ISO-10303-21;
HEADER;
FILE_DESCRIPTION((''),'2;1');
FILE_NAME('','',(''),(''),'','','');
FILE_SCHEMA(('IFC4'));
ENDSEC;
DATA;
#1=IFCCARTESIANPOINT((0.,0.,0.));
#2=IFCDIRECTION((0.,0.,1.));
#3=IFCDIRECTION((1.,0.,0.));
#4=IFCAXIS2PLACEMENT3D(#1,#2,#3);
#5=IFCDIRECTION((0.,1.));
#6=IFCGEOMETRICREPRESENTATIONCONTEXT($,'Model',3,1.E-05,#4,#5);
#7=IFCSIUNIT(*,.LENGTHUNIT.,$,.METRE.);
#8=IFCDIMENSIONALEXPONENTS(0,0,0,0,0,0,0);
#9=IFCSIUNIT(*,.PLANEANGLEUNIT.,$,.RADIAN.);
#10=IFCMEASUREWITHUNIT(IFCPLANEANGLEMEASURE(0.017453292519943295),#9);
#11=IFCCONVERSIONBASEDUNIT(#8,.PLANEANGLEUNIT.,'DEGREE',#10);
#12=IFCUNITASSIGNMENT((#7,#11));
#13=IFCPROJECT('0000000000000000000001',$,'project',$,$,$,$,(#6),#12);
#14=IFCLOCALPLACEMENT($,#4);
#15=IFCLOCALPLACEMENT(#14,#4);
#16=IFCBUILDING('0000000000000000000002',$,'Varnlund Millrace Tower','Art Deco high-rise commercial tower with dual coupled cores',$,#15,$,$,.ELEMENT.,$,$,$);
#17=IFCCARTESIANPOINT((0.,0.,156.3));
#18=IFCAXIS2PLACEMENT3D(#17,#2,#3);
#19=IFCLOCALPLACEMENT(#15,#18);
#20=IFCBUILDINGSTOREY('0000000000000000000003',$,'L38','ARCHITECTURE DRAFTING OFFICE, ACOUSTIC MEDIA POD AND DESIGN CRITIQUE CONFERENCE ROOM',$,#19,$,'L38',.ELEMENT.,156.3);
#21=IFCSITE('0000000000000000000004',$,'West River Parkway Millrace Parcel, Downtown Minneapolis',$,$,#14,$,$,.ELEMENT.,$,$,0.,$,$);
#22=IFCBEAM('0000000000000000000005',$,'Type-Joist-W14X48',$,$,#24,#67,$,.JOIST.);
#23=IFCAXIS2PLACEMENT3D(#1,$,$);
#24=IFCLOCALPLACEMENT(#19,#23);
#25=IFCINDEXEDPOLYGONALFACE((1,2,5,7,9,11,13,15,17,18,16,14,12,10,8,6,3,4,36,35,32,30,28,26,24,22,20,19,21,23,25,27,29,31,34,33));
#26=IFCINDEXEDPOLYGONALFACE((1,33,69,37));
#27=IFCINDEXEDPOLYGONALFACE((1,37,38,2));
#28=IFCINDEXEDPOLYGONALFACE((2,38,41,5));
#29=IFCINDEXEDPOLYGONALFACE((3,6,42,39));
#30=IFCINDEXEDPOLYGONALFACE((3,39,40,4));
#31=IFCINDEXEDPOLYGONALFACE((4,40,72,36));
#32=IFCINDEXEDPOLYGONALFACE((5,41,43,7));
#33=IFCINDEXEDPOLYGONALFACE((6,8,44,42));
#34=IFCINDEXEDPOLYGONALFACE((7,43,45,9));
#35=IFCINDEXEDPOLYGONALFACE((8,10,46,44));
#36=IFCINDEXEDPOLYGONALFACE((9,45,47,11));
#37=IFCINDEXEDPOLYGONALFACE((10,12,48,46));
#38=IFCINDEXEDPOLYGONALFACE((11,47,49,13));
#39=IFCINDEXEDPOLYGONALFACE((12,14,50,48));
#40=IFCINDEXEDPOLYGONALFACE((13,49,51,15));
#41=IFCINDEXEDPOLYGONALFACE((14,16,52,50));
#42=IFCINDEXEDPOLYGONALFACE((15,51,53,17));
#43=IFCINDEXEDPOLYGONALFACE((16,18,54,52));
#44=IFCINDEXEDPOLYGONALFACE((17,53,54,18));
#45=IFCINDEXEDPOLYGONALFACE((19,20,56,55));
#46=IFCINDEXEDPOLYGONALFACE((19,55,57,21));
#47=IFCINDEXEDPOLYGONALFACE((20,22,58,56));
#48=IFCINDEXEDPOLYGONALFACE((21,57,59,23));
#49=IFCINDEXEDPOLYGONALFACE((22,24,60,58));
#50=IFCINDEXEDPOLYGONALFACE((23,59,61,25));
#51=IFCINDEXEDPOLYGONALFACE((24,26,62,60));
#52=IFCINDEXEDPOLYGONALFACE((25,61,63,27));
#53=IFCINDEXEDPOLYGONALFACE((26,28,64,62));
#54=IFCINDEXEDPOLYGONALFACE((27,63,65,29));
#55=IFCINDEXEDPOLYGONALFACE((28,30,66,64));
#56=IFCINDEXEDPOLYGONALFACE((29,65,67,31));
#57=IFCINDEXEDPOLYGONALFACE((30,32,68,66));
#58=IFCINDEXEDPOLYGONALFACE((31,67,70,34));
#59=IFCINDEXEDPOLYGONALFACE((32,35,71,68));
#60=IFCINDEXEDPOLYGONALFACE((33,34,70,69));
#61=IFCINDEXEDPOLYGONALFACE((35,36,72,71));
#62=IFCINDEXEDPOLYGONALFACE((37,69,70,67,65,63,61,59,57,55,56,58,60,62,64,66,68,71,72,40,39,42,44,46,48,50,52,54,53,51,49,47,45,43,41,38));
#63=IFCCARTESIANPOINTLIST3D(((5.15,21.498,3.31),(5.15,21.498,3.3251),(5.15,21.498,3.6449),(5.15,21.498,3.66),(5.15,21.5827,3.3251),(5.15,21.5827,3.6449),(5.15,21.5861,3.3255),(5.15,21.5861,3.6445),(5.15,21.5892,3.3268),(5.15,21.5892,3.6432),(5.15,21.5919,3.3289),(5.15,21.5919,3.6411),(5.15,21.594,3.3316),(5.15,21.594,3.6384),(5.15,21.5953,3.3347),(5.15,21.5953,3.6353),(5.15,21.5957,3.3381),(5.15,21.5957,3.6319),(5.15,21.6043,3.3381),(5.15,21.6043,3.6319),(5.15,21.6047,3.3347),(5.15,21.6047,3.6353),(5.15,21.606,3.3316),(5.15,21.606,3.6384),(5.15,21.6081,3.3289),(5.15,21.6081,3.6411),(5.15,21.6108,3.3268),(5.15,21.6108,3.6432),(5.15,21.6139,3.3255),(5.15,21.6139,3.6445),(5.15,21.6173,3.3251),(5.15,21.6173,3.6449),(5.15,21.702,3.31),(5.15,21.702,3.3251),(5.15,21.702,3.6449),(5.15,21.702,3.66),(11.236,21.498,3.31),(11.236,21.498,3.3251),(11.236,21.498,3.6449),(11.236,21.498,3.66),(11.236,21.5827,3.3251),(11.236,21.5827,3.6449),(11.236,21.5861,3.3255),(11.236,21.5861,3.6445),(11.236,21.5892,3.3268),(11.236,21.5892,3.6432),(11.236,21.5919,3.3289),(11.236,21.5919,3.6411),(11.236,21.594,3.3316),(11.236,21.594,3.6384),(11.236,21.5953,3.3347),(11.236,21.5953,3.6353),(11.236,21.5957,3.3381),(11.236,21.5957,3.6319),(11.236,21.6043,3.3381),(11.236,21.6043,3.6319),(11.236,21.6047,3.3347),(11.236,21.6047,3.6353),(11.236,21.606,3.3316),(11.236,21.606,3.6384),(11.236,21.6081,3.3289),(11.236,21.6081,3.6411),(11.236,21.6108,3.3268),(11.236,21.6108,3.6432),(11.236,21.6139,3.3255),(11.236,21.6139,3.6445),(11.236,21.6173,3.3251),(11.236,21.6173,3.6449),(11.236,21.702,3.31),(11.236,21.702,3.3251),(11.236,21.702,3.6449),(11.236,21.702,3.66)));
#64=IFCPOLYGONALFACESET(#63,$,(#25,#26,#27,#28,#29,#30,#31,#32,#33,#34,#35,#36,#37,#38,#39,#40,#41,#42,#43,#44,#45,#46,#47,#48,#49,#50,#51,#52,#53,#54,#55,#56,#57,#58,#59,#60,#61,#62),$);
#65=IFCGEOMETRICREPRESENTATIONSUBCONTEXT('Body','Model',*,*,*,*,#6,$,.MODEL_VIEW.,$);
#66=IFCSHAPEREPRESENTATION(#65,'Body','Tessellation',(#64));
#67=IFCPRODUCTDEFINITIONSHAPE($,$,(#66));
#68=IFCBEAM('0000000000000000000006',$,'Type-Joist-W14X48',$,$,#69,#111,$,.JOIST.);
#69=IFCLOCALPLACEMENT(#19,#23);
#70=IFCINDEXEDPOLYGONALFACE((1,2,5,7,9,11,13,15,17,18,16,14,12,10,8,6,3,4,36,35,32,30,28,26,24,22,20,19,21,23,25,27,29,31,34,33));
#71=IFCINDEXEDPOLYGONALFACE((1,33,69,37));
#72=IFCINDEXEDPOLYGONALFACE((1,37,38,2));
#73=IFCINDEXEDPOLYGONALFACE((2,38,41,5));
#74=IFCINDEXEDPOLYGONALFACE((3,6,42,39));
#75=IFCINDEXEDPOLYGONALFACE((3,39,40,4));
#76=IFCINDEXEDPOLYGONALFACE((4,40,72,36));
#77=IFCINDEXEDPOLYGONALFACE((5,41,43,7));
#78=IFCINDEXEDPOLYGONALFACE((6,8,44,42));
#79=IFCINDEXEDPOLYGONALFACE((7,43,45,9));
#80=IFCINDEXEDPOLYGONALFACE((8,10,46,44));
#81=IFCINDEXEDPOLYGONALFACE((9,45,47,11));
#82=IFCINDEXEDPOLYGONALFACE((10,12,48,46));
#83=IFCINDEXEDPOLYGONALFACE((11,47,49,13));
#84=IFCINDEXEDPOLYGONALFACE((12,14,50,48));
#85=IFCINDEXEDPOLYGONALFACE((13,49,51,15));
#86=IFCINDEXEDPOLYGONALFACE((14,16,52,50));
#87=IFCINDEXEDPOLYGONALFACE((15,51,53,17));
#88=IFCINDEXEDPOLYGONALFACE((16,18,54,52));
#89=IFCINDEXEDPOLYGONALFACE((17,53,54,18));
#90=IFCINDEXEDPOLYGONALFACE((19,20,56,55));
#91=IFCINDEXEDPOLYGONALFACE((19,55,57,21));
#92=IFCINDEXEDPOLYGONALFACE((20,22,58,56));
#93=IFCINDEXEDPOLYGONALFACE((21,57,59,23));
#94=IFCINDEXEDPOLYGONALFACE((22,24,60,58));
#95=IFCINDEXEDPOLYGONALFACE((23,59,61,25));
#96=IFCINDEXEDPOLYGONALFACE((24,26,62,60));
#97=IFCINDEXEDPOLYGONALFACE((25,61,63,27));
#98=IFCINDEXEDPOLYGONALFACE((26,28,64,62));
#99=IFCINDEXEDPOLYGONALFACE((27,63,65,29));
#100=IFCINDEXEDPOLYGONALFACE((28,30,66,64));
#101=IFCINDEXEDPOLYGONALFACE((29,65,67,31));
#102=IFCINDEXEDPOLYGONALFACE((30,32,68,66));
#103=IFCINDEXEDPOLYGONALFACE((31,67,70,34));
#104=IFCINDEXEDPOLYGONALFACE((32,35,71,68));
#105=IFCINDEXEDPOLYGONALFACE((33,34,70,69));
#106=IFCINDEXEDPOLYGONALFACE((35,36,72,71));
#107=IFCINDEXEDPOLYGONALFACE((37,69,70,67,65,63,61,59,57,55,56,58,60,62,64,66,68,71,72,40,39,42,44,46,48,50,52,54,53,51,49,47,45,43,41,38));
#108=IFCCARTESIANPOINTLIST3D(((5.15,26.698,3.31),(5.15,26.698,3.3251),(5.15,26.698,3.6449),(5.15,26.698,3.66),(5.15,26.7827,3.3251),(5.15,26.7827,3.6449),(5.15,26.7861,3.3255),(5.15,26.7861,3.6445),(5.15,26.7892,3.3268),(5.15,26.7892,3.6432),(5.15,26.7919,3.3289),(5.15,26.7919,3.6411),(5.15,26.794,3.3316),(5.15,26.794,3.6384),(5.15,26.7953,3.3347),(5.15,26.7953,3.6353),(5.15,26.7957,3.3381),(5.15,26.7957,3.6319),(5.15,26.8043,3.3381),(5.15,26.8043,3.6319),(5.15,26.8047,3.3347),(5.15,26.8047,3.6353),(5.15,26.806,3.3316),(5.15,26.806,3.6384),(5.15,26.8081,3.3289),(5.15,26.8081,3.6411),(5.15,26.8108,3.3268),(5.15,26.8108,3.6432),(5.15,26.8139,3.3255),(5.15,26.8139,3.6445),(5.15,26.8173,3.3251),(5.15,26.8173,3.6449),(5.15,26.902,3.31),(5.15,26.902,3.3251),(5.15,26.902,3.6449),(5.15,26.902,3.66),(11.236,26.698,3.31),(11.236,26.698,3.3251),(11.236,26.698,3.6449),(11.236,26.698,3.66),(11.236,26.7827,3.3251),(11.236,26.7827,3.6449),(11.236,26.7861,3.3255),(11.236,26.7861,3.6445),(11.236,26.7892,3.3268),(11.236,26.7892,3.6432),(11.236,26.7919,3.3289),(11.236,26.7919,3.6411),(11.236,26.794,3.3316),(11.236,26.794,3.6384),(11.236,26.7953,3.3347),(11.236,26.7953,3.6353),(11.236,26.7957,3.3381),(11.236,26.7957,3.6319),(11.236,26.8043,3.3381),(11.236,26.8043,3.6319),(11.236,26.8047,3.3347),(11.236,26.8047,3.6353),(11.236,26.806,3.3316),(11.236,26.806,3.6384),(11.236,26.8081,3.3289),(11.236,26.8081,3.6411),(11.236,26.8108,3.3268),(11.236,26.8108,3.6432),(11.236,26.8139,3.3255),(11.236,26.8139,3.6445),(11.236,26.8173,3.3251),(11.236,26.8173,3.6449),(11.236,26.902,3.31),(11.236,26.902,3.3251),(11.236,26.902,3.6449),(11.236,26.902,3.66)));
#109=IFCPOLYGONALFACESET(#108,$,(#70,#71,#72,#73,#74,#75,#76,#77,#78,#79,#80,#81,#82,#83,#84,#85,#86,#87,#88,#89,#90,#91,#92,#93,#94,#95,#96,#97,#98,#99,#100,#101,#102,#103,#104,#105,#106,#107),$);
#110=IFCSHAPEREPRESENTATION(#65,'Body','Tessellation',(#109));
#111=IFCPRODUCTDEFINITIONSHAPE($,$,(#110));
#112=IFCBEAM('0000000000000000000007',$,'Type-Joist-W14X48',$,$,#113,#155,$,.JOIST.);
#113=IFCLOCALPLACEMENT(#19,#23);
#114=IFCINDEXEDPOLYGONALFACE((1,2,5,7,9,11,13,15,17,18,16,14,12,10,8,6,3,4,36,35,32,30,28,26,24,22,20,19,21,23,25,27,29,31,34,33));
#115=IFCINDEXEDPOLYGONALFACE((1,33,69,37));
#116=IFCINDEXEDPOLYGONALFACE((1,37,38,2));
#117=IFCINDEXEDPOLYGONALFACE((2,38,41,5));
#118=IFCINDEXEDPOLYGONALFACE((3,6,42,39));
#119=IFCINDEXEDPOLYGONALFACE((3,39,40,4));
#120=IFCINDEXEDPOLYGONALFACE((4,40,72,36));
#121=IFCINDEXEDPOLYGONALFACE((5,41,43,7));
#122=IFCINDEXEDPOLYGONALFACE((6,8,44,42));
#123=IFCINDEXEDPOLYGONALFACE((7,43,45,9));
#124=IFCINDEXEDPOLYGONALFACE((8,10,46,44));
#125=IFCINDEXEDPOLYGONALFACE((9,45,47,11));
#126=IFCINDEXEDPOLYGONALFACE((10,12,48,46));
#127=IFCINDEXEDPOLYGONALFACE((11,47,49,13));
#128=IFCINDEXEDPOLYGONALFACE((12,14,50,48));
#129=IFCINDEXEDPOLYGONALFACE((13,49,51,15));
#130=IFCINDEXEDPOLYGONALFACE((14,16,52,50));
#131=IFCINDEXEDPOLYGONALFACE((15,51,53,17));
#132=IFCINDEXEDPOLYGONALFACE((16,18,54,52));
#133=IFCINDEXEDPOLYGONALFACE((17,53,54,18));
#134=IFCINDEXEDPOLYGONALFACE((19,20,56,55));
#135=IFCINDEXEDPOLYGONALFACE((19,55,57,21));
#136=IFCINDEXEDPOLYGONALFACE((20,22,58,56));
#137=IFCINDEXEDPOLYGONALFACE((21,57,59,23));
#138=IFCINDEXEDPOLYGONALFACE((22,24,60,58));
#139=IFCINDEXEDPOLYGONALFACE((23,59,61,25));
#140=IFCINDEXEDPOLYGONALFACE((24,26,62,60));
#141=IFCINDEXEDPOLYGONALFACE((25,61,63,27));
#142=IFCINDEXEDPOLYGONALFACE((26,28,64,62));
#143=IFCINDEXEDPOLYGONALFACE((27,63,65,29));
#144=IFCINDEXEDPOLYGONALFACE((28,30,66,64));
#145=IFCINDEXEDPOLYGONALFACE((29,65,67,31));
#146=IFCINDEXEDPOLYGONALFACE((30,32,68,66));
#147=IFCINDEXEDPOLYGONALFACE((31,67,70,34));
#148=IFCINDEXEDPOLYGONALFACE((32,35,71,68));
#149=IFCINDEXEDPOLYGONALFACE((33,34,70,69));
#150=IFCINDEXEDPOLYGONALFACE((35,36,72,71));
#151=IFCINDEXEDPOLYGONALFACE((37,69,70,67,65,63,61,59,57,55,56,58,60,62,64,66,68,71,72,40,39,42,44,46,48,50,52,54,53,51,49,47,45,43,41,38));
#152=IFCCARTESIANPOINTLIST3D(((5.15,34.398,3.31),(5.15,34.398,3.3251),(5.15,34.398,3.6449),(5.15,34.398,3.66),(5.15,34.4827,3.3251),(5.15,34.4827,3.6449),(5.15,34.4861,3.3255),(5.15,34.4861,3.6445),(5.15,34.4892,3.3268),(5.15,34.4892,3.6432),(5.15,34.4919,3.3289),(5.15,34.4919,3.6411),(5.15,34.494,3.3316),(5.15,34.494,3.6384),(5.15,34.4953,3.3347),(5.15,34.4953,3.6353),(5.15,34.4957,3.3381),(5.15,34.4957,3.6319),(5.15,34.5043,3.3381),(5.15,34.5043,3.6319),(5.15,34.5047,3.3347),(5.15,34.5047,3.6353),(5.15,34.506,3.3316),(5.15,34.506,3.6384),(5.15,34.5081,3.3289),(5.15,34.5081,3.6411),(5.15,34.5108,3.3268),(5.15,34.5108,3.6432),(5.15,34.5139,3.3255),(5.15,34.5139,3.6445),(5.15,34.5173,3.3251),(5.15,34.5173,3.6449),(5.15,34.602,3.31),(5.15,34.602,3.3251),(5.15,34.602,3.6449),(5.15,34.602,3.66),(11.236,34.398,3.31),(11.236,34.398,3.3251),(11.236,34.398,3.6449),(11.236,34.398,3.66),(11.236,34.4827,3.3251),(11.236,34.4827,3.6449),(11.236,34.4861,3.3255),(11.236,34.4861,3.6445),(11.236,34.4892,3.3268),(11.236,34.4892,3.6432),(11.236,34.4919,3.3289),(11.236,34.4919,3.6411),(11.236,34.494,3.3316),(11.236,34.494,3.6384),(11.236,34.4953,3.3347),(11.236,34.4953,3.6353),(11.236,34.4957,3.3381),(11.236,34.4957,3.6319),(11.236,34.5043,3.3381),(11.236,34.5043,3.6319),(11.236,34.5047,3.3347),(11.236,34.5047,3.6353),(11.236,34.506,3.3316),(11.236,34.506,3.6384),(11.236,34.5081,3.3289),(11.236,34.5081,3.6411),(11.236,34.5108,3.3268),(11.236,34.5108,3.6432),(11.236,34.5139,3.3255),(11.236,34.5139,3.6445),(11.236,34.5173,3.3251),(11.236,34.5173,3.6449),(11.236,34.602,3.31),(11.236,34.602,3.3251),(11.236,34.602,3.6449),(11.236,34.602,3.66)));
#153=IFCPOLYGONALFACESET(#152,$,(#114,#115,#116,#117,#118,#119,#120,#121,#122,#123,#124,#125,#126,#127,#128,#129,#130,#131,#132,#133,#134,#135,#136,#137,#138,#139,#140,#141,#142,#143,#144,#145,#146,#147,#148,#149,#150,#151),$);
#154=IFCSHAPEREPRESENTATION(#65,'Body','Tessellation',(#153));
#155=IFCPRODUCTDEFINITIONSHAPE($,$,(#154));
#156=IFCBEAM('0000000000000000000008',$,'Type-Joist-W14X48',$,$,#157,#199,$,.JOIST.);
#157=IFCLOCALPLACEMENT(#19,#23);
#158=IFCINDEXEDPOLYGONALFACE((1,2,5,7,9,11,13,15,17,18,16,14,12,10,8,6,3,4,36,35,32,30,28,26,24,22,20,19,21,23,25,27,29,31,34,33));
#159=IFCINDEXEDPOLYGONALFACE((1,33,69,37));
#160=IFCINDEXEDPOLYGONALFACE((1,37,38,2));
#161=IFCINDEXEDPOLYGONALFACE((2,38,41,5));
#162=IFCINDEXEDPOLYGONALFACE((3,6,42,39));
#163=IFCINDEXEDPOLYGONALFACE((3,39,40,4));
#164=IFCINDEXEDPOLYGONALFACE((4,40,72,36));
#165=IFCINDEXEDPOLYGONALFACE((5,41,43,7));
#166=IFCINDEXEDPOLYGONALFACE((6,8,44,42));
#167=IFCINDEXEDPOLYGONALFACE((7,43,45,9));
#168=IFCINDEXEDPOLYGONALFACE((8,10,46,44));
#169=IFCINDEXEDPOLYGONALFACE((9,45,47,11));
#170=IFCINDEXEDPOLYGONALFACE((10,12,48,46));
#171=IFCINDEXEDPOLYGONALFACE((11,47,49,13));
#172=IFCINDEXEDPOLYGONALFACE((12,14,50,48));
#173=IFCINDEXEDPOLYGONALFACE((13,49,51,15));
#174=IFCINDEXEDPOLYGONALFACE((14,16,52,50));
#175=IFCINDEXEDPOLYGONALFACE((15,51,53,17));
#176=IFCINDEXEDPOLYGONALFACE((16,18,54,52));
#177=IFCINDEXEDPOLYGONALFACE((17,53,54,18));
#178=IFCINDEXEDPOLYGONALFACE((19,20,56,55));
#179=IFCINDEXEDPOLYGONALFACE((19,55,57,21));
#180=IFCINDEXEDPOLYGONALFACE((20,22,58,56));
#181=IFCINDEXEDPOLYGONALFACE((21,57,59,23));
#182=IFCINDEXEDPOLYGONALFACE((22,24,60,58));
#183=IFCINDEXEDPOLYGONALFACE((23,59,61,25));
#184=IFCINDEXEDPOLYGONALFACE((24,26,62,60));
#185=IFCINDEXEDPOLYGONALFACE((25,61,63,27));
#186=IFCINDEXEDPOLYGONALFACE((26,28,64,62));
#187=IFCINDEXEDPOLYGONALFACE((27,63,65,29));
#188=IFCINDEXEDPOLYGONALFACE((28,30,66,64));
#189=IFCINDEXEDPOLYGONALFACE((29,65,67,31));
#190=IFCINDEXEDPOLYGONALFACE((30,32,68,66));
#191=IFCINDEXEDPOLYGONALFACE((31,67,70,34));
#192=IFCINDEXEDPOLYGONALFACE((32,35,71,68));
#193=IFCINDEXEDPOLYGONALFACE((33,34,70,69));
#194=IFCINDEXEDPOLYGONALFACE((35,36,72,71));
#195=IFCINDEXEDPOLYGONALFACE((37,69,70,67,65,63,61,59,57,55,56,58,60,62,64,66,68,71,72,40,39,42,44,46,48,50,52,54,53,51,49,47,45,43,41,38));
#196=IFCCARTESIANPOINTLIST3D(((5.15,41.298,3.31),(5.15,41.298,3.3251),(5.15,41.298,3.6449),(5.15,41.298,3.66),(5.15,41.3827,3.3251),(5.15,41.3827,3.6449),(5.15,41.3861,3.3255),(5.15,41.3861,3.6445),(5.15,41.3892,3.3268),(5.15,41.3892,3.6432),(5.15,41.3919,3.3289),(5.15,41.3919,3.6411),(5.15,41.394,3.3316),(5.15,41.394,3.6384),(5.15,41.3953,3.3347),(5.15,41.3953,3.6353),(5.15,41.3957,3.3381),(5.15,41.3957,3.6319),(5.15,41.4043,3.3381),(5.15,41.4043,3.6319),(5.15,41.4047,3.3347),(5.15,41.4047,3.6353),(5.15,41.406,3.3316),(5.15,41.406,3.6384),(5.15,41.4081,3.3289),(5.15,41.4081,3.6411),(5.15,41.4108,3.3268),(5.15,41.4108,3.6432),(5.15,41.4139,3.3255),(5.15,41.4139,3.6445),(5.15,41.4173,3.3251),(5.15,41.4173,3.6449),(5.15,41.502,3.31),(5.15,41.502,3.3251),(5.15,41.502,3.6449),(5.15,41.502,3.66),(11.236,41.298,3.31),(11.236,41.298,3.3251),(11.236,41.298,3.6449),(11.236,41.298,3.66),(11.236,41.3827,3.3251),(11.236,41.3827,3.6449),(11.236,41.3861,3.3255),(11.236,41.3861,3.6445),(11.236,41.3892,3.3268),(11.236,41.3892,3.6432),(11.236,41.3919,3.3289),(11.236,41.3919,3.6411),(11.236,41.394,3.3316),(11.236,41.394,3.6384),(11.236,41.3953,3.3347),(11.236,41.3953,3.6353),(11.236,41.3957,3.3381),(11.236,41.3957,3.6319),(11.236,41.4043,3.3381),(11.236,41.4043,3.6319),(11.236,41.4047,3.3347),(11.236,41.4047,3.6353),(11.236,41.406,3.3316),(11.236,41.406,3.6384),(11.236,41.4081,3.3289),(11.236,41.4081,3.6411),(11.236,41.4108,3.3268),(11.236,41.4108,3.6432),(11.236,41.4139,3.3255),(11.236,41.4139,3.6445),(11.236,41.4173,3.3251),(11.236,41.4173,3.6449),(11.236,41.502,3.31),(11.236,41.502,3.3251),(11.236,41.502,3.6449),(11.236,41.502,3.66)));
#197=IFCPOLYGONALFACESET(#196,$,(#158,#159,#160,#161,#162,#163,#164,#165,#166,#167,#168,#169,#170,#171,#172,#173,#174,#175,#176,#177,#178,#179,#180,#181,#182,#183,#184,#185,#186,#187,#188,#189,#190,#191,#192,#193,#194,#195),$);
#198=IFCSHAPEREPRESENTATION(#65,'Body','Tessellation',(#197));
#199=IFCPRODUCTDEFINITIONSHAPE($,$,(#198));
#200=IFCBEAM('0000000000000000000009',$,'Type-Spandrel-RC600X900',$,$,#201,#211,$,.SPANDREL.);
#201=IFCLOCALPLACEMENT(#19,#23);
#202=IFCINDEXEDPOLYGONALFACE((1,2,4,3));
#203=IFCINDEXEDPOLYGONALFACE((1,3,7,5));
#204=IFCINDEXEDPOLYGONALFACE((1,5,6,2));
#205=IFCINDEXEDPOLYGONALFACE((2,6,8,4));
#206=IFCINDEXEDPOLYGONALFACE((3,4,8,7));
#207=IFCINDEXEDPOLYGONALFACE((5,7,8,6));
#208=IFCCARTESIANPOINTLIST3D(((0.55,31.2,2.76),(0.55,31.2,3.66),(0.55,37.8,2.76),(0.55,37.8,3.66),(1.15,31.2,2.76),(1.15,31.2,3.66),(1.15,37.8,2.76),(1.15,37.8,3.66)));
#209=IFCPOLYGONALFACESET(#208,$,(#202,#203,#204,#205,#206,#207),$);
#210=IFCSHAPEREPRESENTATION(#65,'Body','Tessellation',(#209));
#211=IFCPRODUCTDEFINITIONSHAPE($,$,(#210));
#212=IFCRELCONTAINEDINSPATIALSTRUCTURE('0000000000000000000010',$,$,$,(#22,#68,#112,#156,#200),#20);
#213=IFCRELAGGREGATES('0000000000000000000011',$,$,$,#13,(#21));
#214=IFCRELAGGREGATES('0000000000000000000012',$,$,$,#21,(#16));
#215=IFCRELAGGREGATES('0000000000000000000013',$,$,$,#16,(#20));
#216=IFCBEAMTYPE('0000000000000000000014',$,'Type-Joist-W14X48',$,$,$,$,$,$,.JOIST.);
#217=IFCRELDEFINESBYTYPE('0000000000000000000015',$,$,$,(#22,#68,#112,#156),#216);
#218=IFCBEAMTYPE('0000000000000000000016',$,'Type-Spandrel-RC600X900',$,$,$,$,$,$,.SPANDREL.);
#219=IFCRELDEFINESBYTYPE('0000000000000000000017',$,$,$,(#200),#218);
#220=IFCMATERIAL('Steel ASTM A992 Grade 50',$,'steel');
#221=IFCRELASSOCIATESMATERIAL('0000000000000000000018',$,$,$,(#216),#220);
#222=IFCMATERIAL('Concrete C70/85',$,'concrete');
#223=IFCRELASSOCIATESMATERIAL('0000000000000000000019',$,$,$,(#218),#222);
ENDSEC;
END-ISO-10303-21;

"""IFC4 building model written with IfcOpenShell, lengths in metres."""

from ifc_helpers import new_model, entity, si_unit, converted_unit, direction, frame, origin_with_axes, origin_2d_with_axis, place, context, subcontext, project, spatial, rectangle, i_section, extrude, material, material_profile, profile_set, type_object, element, save


model = new_model("IFC4")

# Units and contexts
model_context = context("Model", 3, precision=1e-05, world=origin_with_axes(), true_north=direction((0.0, 1.0)))
body_context = subcontext(model_context, "Body", "Model", "MODEL_VIEW")
ifc_project = project(units=[si_unit("LENGTHUNIT", "METRE"), converted_unit("PLANEANGLEUNIT", "DEGREE", entity("IfcPlaneAngleMeasure", 0.017453292519943295), si_unit("PLANEANGLEUNIT", "RADIAN"), dimensions=[0, 0, 0, 0, 0, 0, 0])], contexts=[model_context])

# Site, building, storey
site_placement = place(None, origin_with_axes())
site = spatial("IfcSite", under=ifc_project, at=site_placement, Name="West River Parkway Millrace Parcel, Downtown Minneapolis", CompositionType="ELEMENT", RefElevation=0.0)
building_placement = place(site_placement, origin_with_axes())
building = spatial("IfcBuilding", under=site, at=building_placement, Name="Varnlund Millrace Tower", Description="Art Deco high-rise commercial tower with dual coupled cores", CompositionType="ELEMENT")
storey_placement = place(building_placement, frame((0.0, 0.0, 156.3), z_axis=(0.0, 0.0, 1.0), x_axis=(1.0, 0.0, 0.0)))
storey = spatial("IfcBuildingStorey", under=building, at=storey_placement, Name="L38", Description="ARCHITECTURE DRAFTING OFFICE, ACOUSTIC MEDIA POD AND DESIGN CRITIQUE CONFERENCE ROOM", LongName="L38", CompositionType="ELEMENT", Elevation=156.3)

# Beams
ifc_material_1 = material(Name="Steel ASTM A992 Grade 50", Category="steel")
ifc_material_profile_1 = material_profile(ifc_material_1, i_section(OverallWidth=0.204, OverallDepth=0.35, WebThickness=0.0086, FlangeThickness=0.0151, FilletRadius=0.013, at=origin_2d_with_axis()), Name="Steel ASTM A992 Grade 50")
ifc_profile_set_1 = profile_set([ifc_material_profile_1], Name="Steel ASTM A992 Grade 50")
beam_type_1 = type_object("IfcBeamType", Name="Type-Joist-W14X48", PredefinedType="JOIST", material=ifc_profile_set_1)
for number, where, z_axis, x_axis, name in (
    (1, (5.15, 21.6, 3.485), (1.0, 0.0, 0.0), (0.0, 1.0, 0.0), "Type-Joist-W14X48"),
    (2, (5.15, 26.8, 3.485), (1.0, 0.0, 0.0), (0.0, 1.0, 0.0), "Type-Joist-W14X48"),
    (3, (5.15, 34.5, 3.485), (1.0, 0.0, 0.0), (0.0, 1.0, 0.0), "Type-Joist-W14X48"),
    (4, (5.15, 41.4, 3.485), (1.0, 0.0, 0.0), (0.0, 1.0, 0.0), "Type-Joist-W14X48"),
):
    element("IfcBeam", number, at=place(storey_placement, frame(where, z_axis=z_axis, x_axis=x_axis)), inside=storey, type_object=beam_type_1, Name=name, PredefinedType="JOIST", context=body_context, shape_type="SweptSolid", body=[
        extrude(i_section(OverallWidth=0.204, OverallDepth=0.35, WebThickness=0.0086, FlangeThickness=0.0151, FilletRadius=0.013, at=origin_2d_with_axis()), origin_with_axes(), (0.0, 0.0, 1.0), 6.086),
    ])
ifc_material_2 = material(Name="Concrete C70/85", Category="concrete")
ifc_material_profile_2 = material_profile(ifc_material_2, rectangle(XDim=0.6, YDim=0.9, at=origin_2d_with_axis()), Name="Concrete C70/85")
ifc_profile_set_2 = profile_set([ifc_material_profile_2], Name="Concrete C70/85")
beam_type_2 = type_object("IfcBeamType", Name="Type-Spandrel-RC600X900", PredefinedType="SPANDREL", material=ifc_profile_set_2)
beam_1_placement = place(storey_placement, frame((0.85, 31.2, 3.21), z_axis=(0.0, 1.0, 0.0), x_axis=(-1.0, 0.0, 0.0)))
element("IfcBeam", 5, at=beam_1_placement, inside=storey, type_object=beam_type_2, Name="Type-Spandrel-RC600X900", PredefinedType="SPANDREL", context=body_context, shape_type="SweptSolid", body=[
    extrude(rectangle(XDim=0.6, YDim=0.9, at=origin_2d_with_axis()), origin_with_axes(), (0.0, 0.0, 1.0), 6.6),
])

save(model, "model.ifc")
